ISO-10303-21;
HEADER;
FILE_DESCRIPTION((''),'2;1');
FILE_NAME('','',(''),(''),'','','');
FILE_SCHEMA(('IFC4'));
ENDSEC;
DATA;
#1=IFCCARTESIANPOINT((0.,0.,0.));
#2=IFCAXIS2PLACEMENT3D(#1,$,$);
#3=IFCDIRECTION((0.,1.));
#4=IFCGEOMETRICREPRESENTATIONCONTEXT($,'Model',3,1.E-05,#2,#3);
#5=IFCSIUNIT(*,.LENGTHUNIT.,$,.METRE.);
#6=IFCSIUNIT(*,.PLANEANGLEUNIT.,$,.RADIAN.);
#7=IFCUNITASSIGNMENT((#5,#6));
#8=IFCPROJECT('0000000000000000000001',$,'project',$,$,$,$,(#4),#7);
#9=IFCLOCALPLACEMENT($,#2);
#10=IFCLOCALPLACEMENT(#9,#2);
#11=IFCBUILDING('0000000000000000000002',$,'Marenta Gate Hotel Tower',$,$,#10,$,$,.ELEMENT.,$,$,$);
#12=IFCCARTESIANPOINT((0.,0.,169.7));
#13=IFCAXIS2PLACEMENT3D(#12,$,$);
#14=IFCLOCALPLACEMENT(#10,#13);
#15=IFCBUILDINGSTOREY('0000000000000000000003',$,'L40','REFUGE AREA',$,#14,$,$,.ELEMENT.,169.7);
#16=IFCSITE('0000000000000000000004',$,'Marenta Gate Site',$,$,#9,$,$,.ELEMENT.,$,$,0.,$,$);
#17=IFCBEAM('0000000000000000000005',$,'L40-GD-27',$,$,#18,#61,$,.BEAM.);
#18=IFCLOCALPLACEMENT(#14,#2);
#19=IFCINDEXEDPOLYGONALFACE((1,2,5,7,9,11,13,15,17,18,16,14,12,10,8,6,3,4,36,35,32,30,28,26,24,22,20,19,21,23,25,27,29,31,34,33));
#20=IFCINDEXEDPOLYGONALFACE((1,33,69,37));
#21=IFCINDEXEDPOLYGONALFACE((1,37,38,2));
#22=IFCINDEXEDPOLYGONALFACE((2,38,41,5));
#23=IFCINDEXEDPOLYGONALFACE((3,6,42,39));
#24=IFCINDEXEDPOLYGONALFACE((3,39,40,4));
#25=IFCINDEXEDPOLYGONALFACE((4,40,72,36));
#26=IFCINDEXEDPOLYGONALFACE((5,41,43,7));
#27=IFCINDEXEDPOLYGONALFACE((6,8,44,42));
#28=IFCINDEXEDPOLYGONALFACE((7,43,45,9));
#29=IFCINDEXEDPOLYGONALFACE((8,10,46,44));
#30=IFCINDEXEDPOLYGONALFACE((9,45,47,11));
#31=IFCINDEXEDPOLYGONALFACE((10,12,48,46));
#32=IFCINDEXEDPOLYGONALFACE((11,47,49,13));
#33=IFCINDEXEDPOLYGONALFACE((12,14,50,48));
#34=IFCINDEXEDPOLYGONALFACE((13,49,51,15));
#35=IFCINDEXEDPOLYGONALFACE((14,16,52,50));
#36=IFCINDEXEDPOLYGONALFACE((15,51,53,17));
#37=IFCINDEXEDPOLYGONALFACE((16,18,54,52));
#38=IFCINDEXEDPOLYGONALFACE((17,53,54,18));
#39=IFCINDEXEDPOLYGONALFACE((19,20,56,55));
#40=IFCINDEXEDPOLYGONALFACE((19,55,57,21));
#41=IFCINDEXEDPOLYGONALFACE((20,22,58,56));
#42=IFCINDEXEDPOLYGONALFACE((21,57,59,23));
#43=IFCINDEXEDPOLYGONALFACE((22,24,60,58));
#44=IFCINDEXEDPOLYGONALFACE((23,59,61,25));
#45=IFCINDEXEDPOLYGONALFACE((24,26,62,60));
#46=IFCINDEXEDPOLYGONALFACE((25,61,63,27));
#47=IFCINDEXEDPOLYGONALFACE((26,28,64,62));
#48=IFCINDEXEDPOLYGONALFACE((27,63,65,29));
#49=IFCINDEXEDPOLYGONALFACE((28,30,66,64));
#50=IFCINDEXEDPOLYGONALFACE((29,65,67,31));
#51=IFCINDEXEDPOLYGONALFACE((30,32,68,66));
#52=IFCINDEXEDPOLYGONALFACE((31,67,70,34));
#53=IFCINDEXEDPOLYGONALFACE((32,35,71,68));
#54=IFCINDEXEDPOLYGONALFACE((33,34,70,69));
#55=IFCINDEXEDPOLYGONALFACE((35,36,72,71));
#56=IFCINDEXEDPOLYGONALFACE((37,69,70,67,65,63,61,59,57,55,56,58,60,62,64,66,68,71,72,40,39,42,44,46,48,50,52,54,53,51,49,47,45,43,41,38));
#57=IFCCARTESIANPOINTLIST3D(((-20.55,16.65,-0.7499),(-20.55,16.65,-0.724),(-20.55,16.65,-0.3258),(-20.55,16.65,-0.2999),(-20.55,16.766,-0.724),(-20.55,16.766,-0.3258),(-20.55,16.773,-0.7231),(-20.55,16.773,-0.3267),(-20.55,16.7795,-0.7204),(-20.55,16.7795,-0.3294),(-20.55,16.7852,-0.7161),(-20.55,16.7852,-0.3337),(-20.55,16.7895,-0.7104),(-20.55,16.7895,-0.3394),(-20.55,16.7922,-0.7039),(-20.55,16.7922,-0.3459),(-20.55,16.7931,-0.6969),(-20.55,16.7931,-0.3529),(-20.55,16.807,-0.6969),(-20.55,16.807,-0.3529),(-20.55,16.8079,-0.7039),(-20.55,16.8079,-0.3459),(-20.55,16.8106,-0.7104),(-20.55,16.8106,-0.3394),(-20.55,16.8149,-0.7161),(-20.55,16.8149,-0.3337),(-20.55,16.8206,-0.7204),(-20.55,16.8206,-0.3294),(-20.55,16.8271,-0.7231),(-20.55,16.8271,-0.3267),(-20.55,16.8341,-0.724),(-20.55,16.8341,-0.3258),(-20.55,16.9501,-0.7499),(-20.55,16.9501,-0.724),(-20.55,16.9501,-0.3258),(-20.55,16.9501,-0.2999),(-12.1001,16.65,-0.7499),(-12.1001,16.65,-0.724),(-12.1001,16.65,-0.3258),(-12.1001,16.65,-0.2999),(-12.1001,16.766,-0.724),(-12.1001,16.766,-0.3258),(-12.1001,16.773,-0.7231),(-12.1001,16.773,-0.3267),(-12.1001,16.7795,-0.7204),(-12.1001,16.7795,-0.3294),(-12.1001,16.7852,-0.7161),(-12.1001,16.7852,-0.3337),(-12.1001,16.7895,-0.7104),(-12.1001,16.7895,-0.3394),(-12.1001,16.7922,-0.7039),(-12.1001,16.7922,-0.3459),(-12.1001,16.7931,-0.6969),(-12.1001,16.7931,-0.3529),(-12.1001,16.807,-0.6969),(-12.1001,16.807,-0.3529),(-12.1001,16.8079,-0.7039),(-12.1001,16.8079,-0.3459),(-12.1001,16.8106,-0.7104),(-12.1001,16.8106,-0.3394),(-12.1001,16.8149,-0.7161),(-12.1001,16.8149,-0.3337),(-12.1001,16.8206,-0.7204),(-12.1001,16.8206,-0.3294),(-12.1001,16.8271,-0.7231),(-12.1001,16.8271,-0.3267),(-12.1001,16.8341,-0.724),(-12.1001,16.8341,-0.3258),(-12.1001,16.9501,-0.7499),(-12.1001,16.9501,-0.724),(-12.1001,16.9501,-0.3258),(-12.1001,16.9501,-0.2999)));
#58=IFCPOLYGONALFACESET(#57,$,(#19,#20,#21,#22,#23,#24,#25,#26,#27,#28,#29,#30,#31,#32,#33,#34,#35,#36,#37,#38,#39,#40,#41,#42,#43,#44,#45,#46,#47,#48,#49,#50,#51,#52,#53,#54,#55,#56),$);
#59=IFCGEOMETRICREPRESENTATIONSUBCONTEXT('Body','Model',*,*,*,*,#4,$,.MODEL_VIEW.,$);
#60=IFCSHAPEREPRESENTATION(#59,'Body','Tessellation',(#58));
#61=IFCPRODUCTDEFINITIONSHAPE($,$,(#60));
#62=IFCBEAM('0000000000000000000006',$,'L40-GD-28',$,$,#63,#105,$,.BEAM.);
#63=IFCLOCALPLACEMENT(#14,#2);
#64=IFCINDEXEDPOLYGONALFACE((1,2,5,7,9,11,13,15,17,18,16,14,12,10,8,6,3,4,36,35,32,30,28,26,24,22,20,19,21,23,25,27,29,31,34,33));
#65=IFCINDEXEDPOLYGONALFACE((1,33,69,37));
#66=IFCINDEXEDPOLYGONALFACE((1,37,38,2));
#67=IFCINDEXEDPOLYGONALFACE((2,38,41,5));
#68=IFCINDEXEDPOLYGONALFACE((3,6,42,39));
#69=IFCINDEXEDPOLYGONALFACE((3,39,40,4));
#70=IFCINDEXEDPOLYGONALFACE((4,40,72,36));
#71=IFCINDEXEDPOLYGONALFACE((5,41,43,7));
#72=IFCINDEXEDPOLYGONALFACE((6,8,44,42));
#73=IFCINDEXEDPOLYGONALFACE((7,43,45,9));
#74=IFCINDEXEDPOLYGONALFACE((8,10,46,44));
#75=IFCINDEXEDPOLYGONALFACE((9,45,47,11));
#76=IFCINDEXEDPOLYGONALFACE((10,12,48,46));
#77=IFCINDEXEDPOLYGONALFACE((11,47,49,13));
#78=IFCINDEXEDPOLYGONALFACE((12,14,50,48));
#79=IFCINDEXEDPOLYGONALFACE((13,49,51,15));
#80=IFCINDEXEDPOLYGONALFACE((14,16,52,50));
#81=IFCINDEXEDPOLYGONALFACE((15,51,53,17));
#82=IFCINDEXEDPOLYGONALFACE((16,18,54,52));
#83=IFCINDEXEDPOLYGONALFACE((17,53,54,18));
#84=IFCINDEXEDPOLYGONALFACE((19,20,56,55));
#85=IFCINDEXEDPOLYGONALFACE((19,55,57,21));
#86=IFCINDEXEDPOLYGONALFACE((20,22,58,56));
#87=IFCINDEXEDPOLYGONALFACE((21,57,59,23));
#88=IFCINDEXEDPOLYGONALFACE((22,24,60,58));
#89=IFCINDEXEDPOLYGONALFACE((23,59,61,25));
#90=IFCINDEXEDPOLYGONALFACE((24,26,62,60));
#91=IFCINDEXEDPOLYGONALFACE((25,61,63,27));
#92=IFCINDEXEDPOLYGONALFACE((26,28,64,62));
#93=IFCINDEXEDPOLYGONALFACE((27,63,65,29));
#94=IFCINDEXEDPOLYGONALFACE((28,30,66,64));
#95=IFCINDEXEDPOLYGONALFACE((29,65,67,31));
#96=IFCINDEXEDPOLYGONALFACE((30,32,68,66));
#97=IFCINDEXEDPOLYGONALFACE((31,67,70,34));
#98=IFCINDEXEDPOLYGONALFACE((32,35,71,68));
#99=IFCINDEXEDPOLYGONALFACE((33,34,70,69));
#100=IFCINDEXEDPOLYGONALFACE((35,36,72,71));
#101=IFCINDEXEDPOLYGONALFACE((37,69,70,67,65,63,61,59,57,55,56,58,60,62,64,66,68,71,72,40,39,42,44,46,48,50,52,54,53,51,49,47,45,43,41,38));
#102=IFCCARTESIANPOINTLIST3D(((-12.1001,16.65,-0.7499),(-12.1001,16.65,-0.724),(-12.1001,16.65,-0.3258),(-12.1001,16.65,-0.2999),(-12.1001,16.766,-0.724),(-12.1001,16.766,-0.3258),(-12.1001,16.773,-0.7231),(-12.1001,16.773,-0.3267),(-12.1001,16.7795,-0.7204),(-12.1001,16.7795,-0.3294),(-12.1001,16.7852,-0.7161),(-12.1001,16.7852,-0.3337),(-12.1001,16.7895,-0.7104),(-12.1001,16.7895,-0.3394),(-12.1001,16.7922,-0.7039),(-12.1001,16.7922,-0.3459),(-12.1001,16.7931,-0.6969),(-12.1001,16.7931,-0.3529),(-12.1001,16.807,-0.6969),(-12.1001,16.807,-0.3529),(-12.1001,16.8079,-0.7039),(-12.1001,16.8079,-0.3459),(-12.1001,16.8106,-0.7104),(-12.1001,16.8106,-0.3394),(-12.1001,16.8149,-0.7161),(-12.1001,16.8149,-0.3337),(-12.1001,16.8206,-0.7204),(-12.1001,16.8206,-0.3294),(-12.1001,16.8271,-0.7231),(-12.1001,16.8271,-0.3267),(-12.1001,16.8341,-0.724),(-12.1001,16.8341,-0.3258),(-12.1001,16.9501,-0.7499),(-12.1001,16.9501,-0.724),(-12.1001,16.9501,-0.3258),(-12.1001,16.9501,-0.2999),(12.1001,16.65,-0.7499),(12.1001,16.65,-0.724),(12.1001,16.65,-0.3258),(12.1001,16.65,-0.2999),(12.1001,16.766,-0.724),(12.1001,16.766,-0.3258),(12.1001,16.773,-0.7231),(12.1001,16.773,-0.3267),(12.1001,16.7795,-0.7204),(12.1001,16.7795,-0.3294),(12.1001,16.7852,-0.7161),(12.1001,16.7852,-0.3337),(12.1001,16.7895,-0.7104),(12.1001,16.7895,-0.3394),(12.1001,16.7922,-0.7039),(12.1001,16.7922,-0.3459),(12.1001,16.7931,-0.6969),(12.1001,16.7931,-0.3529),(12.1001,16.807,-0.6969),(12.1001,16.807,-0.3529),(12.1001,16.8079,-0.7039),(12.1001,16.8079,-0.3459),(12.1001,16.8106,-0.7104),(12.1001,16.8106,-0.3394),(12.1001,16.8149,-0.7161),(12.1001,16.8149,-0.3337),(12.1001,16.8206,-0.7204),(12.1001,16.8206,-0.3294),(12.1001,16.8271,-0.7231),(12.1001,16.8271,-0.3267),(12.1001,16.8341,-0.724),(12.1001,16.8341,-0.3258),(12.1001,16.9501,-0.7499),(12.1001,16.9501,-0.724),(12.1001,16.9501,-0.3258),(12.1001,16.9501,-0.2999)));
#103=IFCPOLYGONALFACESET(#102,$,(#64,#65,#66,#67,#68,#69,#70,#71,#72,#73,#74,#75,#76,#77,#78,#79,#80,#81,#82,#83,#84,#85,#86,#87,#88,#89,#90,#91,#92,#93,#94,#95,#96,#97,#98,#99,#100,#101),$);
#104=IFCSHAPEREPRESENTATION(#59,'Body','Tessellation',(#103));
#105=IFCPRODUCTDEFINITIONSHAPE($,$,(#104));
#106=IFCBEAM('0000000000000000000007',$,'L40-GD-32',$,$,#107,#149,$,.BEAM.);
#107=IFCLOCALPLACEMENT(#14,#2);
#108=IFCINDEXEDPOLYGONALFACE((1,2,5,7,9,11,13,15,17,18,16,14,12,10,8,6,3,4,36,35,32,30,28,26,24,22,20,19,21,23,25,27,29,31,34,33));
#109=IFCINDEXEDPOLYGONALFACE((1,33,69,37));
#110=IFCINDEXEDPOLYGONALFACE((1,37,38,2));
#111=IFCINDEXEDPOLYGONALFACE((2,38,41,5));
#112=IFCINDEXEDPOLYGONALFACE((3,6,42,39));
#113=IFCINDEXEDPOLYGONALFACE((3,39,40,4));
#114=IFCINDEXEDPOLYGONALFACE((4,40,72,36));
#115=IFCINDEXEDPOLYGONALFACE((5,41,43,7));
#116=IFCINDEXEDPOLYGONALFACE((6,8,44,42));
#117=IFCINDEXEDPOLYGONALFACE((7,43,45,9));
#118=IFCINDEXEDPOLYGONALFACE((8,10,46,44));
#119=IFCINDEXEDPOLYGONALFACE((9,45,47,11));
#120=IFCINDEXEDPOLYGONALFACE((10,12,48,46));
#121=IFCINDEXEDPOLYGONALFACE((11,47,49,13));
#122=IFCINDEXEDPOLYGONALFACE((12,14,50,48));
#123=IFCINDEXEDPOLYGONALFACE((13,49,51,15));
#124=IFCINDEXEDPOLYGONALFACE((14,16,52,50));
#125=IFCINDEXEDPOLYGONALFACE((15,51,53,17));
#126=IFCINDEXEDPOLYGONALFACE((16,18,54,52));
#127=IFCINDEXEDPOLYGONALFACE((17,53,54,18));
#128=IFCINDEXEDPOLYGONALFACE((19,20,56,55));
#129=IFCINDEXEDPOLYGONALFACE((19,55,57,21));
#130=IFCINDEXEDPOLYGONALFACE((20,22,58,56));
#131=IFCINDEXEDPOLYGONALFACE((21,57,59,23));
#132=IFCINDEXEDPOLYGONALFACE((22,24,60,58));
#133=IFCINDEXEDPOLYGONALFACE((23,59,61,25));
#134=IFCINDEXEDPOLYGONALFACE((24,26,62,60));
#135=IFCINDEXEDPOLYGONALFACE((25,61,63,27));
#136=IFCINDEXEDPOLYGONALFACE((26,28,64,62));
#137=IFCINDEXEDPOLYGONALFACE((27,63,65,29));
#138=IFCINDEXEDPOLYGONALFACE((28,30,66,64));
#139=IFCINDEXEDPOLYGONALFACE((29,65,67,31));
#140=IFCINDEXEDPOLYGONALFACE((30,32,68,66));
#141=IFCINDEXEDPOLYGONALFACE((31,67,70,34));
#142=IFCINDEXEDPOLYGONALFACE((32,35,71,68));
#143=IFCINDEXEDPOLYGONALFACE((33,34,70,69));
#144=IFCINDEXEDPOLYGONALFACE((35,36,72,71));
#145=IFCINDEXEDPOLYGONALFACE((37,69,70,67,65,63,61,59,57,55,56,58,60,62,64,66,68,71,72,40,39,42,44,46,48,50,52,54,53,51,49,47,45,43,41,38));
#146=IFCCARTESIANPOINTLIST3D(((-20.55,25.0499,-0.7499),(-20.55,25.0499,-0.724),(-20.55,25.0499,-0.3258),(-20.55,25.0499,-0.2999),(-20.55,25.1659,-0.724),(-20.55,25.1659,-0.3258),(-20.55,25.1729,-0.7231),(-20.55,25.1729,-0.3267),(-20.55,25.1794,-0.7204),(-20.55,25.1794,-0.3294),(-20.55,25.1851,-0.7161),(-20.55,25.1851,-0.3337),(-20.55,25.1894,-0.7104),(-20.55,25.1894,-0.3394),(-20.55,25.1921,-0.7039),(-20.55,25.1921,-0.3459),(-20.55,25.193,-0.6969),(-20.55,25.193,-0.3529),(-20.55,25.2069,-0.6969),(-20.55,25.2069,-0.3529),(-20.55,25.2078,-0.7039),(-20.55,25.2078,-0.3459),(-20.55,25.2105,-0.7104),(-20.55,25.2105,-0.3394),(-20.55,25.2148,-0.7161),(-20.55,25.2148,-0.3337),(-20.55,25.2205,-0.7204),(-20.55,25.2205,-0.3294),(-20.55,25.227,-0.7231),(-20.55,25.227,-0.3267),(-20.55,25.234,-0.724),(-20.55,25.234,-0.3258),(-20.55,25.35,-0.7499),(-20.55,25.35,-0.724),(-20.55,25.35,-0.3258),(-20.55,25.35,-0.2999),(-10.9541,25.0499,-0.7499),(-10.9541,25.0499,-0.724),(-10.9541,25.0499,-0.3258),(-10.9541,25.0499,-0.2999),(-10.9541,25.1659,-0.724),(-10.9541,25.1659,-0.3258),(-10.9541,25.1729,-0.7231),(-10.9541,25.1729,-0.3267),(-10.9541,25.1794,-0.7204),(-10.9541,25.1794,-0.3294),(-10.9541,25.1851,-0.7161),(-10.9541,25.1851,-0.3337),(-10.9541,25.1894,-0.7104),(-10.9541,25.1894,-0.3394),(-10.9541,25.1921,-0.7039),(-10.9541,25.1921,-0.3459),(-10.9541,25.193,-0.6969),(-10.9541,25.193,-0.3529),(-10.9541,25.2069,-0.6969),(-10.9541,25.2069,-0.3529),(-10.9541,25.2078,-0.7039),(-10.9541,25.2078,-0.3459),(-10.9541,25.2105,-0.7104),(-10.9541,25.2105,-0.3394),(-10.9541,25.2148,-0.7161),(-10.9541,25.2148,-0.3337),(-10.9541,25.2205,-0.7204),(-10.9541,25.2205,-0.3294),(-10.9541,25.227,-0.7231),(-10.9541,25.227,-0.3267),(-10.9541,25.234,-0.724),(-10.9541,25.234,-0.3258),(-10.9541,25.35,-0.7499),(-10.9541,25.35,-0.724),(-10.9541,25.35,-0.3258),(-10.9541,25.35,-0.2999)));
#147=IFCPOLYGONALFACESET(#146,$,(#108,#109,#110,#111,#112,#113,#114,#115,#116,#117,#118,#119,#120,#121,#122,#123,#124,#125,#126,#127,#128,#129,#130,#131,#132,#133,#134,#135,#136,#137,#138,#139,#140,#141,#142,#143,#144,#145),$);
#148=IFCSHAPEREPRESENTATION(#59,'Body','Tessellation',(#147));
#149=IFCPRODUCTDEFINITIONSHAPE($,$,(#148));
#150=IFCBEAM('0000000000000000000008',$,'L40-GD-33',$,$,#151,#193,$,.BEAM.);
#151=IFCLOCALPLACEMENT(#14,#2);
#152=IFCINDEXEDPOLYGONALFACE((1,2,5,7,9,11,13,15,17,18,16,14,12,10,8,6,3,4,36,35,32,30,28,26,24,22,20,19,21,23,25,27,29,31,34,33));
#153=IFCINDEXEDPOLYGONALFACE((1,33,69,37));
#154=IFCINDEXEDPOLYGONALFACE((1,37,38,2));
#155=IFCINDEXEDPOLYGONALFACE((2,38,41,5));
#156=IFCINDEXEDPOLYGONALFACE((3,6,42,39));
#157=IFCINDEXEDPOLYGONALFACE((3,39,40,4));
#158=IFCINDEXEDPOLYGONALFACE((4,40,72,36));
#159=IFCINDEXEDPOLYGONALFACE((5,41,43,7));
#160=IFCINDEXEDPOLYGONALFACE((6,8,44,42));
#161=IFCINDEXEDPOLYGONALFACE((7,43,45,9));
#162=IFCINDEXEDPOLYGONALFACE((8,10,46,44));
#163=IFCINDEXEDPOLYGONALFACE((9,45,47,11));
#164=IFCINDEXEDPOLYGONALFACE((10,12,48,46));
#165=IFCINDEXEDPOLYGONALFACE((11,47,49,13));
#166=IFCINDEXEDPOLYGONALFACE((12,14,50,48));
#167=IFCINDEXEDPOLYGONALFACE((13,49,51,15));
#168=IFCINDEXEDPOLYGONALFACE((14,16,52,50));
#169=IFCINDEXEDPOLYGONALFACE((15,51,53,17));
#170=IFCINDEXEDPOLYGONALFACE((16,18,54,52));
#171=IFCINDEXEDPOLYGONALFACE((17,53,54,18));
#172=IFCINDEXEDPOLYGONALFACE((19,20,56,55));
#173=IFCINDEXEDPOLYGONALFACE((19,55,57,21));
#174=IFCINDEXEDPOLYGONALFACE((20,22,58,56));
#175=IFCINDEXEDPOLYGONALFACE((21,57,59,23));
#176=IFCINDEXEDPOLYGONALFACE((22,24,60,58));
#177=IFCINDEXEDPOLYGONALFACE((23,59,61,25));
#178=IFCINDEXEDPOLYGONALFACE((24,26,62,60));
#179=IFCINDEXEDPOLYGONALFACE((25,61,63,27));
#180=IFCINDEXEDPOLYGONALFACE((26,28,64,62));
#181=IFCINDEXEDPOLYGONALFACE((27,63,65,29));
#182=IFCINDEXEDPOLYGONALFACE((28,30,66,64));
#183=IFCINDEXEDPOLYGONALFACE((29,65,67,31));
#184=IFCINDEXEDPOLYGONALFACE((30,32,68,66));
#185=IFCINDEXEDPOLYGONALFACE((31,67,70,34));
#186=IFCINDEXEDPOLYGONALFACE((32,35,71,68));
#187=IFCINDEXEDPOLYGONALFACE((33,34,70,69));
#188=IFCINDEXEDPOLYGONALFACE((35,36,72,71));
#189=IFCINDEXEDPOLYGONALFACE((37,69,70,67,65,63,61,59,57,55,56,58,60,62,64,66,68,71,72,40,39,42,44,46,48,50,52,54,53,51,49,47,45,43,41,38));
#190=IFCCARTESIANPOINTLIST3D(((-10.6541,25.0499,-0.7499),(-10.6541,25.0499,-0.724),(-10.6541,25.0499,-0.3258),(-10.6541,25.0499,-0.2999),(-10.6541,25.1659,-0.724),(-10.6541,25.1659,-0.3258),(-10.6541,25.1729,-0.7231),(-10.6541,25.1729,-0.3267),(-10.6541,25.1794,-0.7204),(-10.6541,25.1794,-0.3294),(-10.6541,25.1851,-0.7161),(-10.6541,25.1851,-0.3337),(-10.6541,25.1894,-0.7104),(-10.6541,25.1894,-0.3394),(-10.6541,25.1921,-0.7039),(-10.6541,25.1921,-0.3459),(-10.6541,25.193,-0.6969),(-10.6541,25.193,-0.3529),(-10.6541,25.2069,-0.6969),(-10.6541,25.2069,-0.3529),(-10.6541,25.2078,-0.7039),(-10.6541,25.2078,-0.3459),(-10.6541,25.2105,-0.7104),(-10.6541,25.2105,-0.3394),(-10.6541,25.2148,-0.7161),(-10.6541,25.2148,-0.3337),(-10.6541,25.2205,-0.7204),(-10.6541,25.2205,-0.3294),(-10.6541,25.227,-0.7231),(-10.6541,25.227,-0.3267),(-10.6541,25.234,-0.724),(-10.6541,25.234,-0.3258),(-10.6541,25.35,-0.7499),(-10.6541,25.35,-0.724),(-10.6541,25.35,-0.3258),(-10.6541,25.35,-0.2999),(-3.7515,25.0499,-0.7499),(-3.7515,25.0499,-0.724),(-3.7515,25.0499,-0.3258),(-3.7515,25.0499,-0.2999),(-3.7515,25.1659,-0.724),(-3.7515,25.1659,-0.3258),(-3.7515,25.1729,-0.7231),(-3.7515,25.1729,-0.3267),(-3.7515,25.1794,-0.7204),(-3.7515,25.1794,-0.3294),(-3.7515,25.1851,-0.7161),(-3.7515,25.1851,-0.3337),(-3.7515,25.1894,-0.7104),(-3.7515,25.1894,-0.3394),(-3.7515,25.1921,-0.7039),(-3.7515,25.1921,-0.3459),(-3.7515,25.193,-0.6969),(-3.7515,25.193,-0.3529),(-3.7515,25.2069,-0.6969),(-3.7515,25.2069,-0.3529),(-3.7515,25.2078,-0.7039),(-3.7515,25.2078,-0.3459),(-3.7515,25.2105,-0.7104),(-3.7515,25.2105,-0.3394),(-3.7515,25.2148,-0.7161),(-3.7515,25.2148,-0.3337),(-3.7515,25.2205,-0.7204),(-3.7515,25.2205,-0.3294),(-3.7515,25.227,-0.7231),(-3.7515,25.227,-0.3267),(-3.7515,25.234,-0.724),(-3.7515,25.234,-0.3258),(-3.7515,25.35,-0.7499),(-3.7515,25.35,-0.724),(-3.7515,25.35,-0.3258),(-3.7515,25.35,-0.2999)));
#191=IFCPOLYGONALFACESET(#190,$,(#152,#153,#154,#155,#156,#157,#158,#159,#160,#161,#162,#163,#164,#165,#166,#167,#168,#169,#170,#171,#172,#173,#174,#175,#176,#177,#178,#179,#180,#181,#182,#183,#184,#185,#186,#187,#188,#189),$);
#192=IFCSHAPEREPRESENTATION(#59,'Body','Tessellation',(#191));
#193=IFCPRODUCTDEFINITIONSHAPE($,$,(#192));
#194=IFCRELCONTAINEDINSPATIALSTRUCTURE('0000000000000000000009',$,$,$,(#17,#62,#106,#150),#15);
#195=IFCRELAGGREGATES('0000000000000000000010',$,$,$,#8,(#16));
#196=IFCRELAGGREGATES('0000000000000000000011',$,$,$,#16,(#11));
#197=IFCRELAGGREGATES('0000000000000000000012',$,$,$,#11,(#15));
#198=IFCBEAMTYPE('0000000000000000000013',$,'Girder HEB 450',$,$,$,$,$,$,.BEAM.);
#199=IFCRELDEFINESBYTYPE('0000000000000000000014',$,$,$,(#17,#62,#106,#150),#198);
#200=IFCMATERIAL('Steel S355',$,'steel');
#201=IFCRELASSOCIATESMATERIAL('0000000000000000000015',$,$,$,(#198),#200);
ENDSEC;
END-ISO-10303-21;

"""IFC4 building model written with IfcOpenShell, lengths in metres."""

from ifc_helpers import new_model, si_unit, direction, frame, origin, origin_2d, place, context, subcontext, project, spatial, i_section, extrude, material, material_profile, profile_set, type_object, element, save


model = new_model("IFC4")

# Units and contexts
model_context = context("Model", 3, precision=1e-05, world=origin(), true_north=direction((0.0, 1.0)))
body_context = subcontext(model_context, "Body", "Model", "MODEL_VIEW")
ifc_project = project(units=[si_unit("LENGTHUNIT", "METRE"), si_unit("PLANEANGLEUNIT", "RADIAN")], contexts=[model_context])

# Site, building, storey
site_placement = place(None, origin())
site = spatial("IfcSite", under=ifc_project, at=site_placement, Name="Marenta Gate Site", CompositionType="ELEMENT", RefElevation=0.0)
building_placement = place(site_placement, origin())
building = spatial("IfcBuilding", under=site, at=building_placement, Name="Marenta Gate Hotel Tower", CompositionType="ELEMENT")
storey_placement = place(building_placement, frame((0.0, 0.0, 169.7)))
storey = spatial("IfcBuildingStorey", under=building, at=storey_placement, Name="L40", Description="REFUGE AREA", CompositionType="ELEMENT", Elevation=169.7)

# Beams
ifc_material_1 = material(Name="Steel S355", Category="steel")
ifc_material_profile_1 = material_profile(ifc_material_1, i_section(OverallWidth=0.3, OverallDepth=0.45, WebThickness=0.0139, FlangeThickness=0.0259, FilletRadius=0.0271, at=origin_2d()), Name="HEB 450")
ifc_profile_set_1 = profile_set([ifc_material_profile_1], Name="Steel S355")
beam_type_1 = type_object("IfcBeamType", Name="Girder HEB 450", PredefinedType="BEAM", material=ifc_profile_set_1)
beam_1_placement = place(storey_placement, frame((-20.55, 16.8, -0.5249), z_axis=(1.0, 0.0, 0.0), x_axis=(0.0, 1.0, 0.0)))
element("IfcBeam", 1, at=beam_1_placement, inside=storey, type_object=beam_type_1, Name="L40-GD-27", PredefinedType="BEAM", context=body_context, shape_type="SweptSolid", body=[
    extrude(i_section(OverallWidth=0.3, OverallDepth=0.45, WebThickness=0.0139, FlangeThickness=0.0259, FilletRadius=0.0271, at=origin_2d()), origin(), (0.0, 0.0, 1.0), 8.45),
])
beam_2_placement = place(storey_placement, frame((-12.1001, 16.8, -0.5249), z_axis=(1.0, 0.0, 0.0), x_axis=(0.0, 1.0, 0.0)))
element("IfcBeam", 2, at=beam_2_placement, inside=storey, type_object=beam_type_1, Name="L40-GD-28", PredefinedType="BEAM", context=body_context, shape_type="SweptSolid", body=[
    extrude(i_section(OverallWidth=0.3, OverallDepth=0.45, WebThickness=0.0139, FlangeThickness=0.0259, FilletRadius=0.0271, at=origin_2d()), origin(), (0.0, 0.0, 1.0), 24.2002),
])
beam_3_placement = place(storey_placement, frame((-20.55, 25.2, -0.5249), z_axis=(1.0, 0.0, 0.0), x_axis=(0.0, 1.0, 0.0)))
element("IfcBeam", 3, at=beam_3_placement, inside=storey, type_object=beam_type_1, Name="L40-GD-32", PredefinedType="BEAM", context=body_context, shape_type="SweptSolid", body=[
    extrude(i_section(OverallWidth=0.3, OverallDepth=0.45, WebThickness=0.0139, FlangeThickness=0.0259, FilletRadius=0.0271, at=origin_2d()), origin(), (0.0, 0.0, 1.0), 9.5959),
])
beam_4_placement = place(storey_placement, frame((-10.6541, 25.2, -0.5249), z_axis=(1.0, 0.0, 0.0), x_axis=(0.0, 1.0, 0.0)))
element("IfcBeam", 4, at=beam_4_placement, inside=storey, type_object=beam_type_1, Name="L40-GD-33", PredefinedType="BEAM", context=body_context, shape_type="SweptSolid", body=[
    extrude(i_section(OverallWidth=0.3, OverallDepth=0.45, WebThickness=0.0139, FlangeThickness=0.0259, FilletRadius=0.0271, at=origin_2d()), origin(), (0.0, 0.0, 1.0), 6.9026),
])

save(model, "model.ifc")
